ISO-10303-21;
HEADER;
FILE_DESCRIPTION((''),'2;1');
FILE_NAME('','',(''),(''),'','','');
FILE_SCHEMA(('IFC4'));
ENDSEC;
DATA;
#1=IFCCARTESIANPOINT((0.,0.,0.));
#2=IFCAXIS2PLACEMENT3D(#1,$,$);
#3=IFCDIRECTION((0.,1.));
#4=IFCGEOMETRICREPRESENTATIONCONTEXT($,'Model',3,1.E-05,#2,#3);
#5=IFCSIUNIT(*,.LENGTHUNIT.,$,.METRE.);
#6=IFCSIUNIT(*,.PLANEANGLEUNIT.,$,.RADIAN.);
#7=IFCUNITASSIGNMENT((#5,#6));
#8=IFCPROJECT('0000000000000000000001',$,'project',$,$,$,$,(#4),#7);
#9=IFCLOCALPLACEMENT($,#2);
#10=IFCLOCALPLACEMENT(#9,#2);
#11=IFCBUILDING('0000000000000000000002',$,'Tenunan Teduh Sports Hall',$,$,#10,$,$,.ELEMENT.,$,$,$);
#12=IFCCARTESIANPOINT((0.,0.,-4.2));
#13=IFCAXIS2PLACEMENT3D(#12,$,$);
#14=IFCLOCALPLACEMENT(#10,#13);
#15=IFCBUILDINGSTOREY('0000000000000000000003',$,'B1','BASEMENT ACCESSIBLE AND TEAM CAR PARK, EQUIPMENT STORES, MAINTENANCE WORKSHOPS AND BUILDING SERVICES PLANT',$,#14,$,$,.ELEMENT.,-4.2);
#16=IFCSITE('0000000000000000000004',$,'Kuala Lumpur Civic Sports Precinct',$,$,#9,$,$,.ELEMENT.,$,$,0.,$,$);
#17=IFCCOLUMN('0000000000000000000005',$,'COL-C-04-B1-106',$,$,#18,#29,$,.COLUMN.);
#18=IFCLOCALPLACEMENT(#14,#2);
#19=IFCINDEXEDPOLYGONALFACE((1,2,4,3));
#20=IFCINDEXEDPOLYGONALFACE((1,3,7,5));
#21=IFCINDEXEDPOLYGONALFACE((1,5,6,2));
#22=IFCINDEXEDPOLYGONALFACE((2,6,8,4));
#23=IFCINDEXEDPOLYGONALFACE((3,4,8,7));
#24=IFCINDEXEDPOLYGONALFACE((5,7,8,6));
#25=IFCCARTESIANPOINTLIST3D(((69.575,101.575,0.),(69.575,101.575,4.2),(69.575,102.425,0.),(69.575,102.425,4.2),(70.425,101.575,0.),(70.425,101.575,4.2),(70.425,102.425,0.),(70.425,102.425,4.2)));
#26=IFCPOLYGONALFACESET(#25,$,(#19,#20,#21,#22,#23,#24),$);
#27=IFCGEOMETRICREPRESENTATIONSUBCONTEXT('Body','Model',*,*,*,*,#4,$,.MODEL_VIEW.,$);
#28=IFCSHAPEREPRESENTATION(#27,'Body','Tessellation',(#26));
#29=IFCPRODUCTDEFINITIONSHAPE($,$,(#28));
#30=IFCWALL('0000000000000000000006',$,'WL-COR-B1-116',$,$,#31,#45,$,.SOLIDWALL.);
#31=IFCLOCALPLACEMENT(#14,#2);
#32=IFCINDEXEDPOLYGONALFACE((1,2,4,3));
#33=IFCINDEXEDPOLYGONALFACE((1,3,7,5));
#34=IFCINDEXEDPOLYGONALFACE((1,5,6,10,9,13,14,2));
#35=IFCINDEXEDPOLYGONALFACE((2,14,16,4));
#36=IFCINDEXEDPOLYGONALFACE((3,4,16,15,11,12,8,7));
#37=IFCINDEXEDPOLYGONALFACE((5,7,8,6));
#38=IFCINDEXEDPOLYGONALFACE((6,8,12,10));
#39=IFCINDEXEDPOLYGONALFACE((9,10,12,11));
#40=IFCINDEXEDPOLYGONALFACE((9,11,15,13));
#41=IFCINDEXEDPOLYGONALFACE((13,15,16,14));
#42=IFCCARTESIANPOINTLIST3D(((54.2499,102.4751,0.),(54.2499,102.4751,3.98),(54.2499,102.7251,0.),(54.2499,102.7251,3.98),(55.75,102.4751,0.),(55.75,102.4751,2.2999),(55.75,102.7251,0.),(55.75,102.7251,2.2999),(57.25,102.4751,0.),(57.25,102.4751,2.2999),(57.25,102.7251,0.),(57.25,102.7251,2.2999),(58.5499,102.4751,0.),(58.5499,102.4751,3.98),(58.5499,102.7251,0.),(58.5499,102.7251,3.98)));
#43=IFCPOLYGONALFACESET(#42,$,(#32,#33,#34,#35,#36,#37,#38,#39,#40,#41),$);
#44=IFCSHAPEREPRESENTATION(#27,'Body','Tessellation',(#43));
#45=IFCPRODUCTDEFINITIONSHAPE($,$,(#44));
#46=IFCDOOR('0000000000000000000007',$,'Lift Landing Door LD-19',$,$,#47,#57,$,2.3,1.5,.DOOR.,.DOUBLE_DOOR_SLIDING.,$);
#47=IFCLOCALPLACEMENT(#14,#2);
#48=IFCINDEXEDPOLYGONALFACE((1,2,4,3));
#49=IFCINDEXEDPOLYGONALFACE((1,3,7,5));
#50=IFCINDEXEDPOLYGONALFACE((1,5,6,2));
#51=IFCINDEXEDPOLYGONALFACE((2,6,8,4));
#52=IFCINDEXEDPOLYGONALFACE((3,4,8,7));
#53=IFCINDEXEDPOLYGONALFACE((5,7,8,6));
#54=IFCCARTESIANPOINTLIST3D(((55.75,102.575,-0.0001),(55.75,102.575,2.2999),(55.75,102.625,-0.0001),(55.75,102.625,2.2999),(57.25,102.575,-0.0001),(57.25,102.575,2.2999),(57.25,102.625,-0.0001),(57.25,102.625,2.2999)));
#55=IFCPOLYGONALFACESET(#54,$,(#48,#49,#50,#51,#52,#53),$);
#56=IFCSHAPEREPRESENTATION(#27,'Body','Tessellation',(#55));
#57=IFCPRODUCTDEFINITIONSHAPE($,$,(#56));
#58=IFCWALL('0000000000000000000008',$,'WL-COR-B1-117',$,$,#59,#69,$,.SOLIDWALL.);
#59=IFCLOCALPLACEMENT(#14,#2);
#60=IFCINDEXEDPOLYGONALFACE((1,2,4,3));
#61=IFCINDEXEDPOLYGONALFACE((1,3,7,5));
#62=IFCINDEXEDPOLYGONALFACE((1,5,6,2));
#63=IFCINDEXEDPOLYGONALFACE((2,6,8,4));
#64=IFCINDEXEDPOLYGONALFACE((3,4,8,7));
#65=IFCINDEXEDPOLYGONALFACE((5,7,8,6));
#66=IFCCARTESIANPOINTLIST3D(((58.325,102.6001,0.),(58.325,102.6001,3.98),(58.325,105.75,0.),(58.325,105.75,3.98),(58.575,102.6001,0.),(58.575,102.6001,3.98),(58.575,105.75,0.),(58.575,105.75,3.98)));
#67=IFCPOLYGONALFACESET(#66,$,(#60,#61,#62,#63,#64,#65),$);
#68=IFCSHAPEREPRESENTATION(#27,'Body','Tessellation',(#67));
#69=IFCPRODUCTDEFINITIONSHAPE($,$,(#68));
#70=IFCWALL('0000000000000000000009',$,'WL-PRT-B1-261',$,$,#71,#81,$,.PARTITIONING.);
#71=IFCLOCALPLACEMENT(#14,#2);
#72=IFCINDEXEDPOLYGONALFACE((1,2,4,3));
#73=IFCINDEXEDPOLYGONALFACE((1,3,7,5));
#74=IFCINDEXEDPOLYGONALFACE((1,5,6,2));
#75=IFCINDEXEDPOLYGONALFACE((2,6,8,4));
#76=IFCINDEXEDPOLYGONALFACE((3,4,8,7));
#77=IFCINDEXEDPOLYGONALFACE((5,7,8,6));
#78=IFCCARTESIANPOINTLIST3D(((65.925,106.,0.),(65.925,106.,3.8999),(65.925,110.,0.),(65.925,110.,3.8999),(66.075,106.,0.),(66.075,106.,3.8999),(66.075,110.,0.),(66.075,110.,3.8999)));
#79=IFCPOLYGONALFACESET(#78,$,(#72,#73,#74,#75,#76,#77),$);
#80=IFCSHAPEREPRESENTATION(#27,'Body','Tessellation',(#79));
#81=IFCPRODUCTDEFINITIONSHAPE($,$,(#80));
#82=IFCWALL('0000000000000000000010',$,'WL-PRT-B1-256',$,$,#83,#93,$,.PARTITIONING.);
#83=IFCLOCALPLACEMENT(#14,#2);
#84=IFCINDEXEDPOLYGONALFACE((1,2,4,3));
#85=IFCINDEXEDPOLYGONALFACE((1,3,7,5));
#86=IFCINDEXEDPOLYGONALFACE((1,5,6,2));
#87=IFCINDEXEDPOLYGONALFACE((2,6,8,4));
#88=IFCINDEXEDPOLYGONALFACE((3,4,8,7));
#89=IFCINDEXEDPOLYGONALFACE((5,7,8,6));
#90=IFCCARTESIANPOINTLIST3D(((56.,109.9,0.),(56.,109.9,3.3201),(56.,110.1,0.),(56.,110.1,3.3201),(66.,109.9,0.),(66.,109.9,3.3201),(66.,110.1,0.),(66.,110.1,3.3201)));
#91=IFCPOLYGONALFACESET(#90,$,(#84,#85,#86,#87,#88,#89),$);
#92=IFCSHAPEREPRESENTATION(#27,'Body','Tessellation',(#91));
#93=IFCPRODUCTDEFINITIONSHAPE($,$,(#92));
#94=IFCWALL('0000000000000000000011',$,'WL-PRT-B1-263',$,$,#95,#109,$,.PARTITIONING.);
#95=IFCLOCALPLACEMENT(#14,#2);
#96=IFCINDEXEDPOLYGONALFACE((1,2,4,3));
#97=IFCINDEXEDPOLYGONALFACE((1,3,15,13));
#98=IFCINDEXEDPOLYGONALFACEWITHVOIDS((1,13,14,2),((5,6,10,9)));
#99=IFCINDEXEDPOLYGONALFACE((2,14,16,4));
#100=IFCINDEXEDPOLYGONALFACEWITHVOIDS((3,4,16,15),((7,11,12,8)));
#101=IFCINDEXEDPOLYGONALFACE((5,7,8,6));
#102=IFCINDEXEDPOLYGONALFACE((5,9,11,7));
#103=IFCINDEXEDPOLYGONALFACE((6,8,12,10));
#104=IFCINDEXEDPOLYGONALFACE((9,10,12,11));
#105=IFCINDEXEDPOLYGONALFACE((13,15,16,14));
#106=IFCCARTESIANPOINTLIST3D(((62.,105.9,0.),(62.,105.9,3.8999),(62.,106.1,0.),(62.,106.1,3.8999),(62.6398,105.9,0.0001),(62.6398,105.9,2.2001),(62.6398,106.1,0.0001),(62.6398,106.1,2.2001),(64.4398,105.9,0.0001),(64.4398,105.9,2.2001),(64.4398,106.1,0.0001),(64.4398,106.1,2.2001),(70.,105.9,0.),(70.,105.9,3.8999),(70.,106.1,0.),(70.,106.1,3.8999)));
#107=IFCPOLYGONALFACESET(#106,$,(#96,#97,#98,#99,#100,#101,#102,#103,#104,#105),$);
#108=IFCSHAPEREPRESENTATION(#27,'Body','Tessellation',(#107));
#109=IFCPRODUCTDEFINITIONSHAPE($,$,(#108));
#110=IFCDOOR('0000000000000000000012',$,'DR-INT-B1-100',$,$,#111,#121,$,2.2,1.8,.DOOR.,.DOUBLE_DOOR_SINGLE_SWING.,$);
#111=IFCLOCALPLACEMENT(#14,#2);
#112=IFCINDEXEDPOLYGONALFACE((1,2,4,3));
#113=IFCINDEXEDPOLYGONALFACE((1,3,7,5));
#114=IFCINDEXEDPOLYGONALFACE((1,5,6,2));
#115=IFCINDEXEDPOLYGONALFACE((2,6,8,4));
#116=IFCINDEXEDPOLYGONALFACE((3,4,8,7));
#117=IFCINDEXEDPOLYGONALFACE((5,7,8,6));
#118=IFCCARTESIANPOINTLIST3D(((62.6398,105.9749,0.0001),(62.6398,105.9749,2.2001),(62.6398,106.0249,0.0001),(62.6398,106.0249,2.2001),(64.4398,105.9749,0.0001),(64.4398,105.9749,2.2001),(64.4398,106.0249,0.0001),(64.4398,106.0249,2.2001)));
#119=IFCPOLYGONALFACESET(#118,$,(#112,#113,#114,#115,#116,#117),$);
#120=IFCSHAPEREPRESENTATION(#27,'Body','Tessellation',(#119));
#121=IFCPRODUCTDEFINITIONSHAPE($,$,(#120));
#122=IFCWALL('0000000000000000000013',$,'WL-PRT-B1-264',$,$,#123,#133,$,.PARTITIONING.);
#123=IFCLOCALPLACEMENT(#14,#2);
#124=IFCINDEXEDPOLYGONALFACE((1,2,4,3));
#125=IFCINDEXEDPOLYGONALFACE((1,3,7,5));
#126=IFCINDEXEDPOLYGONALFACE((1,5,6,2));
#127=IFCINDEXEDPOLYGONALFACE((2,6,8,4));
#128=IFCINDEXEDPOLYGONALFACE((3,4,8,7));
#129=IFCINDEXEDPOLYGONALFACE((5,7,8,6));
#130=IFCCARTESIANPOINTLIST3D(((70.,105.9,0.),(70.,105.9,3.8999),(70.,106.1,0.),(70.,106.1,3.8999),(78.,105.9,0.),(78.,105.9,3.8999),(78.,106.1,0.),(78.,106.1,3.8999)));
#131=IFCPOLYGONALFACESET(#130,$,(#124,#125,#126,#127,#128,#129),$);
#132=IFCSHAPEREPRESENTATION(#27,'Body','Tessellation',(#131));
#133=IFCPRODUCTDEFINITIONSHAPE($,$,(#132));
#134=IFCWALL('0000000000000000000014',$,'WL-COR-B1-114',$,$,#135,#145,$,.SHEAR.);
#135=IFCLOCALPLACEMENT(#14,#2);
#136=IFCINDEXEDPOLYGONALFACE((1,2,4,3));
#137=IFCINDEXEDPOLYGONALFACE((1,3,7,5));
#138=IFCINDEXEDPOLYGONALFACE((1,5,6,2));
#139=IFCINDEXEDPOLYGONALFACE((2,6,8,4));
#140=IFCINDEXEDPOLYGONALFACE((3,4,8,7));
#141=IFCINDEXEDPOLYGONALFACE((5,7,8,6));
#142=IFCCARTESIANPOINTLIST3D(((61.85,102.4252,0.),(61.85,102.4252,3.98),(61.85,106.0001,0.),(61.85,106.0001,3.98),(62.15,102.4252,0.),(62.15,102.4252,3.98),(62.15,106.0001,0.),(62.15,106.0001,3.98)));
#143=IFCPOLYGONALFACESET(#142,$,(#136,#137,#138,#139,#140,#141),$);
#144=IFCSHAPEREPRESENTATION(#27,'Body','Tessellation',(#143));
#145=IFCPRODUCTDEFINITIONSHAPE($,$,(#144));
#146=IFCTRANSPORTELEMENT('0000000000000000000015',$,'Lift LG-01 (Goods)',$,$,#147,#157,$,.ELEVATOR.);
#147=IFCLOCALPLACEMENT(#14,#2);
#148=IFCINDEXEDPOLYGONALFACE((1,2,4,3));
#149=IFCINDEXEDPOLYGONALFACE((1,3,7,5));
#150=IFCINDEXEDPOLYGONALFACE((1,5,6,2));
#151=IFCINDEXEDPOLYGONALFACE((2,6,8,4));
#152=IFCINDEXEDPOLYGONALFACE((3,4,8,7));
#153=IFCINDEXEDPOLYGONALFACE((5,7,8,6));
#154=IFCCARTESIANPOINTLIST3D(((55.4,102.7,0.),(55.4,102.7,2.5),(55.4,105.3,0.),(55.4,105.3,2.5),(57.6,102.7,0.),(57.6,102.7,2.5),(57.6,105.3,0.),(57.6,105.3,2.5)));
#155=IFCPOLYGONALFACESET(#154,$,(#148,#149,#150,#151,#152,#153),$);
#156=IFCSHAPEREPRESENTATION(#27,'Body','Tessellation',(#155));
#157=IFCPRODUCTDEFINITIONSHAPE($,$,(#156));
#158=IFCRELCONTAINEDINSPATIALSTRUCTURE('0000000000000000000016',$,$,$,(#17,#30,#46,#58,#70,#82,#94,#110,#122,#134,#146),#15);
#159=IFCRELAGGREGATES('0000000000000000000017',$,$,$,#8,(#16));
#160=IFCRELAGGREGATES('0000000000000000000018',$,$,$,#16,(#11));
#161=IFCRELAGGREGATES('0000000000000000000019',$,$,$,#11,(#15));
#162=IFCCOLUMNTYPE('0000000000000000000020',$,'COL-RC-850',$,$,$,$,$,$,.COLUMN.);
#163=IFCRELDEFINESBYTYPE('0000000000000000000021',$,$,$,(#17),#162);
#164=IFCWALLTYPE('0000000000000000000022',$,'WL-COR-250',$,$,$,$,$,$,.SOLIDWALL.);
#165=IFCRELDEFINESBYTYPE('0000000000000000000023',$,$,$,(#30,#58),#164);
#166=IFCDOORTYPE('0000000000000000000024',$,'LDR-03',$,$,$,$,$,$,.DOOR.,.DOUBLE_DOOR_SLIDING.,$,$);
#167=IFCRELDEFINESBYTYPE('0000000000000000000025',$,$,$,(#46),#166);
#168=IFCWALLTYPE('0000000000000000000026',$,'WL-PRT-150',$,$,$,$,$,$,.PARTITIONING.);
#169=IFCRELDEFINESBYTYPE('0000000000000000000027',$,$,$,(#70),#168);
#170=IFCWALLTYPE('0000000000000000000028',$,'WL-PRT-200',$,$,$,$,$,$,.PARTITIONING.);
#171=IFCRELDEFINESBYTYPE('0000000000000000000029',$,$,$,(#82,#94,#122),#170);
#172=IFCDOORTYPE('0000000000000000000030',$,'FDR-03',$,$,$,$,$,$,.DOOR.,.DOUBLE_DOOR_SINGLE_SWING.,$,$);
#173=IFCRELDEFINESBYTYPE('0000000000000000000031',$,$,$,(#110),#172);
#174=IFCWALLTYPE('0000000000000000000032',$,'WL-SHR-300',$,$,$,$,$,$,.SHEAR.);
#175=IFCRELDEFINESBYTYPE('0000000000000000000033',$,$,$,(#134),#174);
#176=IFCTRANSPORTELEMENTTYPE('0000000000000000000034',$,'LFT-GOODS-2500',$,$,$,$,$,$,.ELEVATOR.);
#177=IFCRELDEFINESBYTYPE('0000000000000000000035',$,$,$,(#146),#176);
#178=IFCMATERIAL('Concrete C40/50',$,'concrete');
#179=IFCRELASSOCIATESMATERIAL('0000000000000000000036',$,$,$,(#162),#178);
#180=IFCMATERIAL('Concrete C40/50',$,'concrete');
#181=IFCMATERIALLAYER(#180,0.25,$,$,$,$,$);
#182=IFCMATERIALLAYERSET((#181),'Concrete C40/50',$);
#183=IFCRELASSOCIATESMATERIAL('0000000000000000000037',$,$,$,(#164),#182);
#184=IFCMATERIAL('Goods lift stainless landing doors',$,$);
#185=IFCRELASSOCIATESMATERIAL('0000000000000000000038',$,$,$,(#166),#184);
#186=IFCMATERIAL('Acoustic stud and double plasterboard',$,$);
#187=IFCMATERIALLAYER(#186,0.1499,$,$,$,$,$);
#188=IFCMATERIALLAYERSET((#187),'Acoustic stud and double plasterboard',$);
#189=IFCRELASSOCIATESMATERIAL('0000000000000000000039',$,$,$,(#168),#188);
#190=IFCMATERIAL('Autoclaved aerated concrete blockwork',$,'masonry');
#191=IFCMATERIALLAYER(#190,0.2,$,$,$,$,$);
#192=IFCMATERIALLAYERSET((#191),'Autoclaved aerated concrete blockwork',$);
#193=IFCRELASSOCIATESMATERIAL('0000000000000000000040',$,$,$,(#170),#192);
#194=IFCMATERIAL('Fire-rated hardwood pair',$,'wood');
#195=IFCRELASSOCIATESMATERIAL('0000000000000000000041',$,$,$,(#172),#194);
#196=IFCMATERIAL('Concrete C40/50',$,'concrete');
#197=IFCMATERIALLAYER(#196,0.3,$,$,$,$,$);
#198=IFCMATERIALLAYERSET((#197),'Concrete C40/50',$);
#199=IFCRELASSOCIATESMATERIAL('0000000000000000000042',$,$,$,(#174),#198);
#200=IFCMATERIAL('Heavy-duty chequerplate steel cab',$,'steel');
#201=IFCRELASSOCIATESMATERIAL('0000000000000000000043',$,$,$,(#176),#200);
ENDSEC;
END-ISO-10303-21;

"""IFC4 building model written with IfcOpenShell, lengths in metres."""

from ifc_helpers import new_model, si_unit, direction, frame, frame_2d, origin, origin_2d, place, context, subcontext, project, spatial, rectangle, extrude, material, layer, layer_set, material_profile, profile_set, type_object, element, fill, save


model = new_model("IFC4")

# Units and contexts
model_context = context("Model", 3, precision=1e-05, world=origin(), true_north=direction((0.0, 1.0)))
body_context = subcontext(model_context, "Body", "Model", "MODEL_VIEW")
ifc_project = project(units=[si_unit("LENGTHUNIT", "METRE"), si_unit("PLANEANGLEUNIT", "RADIAN")], contexts=[model_context])

# Site, building, storey
site_placement = place(None, origin())
site = spatial("IfcSite", under=ifc_project, at=site_placement, Name="Kuala Lumpur Civic Sports Precinct", CompositionType="ELEMENT", RefElevation=0.0)
building_placement = place(site_placement, origin())
building = spatial("IfcBuilding", under=site, at=building_placement, Name="Tenunan Teduh Sports Hall", CompositionType="ELEMENT")
storey_placement = place(building_placement, frame((0.0, 0.0, -4.2)))
storey = spatial("IfcBuildingStorey", under=building, at=storey_placement, Name="B1", Description="BASEMENT ACCESSIBLE AND TEAM CAR PARK, EQUIPMENT STORES, MAINTENANCE WORKSHOPS AND BUILDING SERVICES PLANT", CompositionType="ELEMENT", Elevation=-4.2)

# Column
ifc_material_1 = material(Name="Concrete C40/50", Category="concrete")
ifc_material_profile_1 = material_profile(ifc_material_1, rectangle(XDim=0.8501, YDim=0.8501, at=origin_2d()), Name="RC 850x850")
ifc_profile_set_1 = profile_set([ifc_material_profile_1], Name="Concrete C40/50")
column_type = type_object("IfcColumnType", Name="COL-RC-850", PredefinedType="COLUMN", material=ifc_profile_set_1)
for number, where, z_axis, x_axis, name in (
    (1, (70.0, 102.0, 0.0), (0.0, 0.0, 1.0), (1.0, 0.0, 0.0), "COL-C-04-B1-106"),
):
    element("IfcColumn", number, at=place(storey_placement, frame(where, z_axis=z_axis, x_axis=x_axis)), inside=storey, type_object=column_type, Name=name, PredefinedType="COLUMN", context=body_context, shape_type="SweptSolid", body=[
        extrude(rectangle(XDim=0.8501, YDim=0.8501, at=origin_2d()), origin(), (0.0, 0.0, 1.0), 4.2),
    ])

# Wall, opening, door
ifc_material_2 = material(Name="Concrete C40/50", Category="concrete")
ifc_layer_1 = layer(ifc_material_2, 0.25)
ifc_layer_set_1 = layer_set([ifc_layer_1], Name="Concrete C40/50")
wall_type_1 = type_object("IfcWallType", Name="WL-COR-250", PredefinedType="SOLIDWALL", material=ifc_layer_set_1)
wall_1_placement = place(storey_placement, frame((54.25, 102.6001, 0.0), z_axis=(0.0, 0.0, 1.0), x_axis=(1.0, 0.0, 0.0)))
wall_1 = element("IfcWall", 2, at=wall_1_placement, inside=storey, type_object=wall_type_1, Name="WL-COR-B1-116", PredefinedType="SOLIDWALL", context=body_context, shape_type="SweptSolid", body=[
    extrude(rectangle(XDim=4.3, YDim=0.25, at=frame_2d((2.1499, 0.0))), origin(), (0.0, 0.0, 1.0), 3.98),
])
opening_1_placement = place(wall_1_placement, frame((1.5, 0.0, 0.0)))
opening_1 = element("IfcOpeningElement", 3, at=opening_1_placement, cuts=wall_1, PredefinedType="OPENING", context=body_context, shape_type="SweptSolid", body=[
    extrude(rectangle(XDim=1.5, YDim=2.3, at=frame_2d((0.75, 1.1499))), frame((0.0, 0.135, 0.0), z_axis=(0.0, -1.0, 0.0), x_axis=(1.0, 0.0, 0.0)), (0.0, 0.0, 1.0), 0.27),
])
ifc_material_3 = material(Name="Goods lift stainless landing doors")
door_type_1 = type_object("IfcDoorType", Name="LDR-03", OperationType="DOUBLE_DOOR_SLIDING", PredefinedType="DOOR", material=ifc_material_3)
door_1_placement = place(opening_1_placement, origin())
door_1 = element("IfcDoor", 4, at=door_1_placement, inside=storey, type_object=door_type_1, Name="Lift Landing Door LD-19", OperationType="DOUBLE_DOOR_SLIDING", OverallHeight=2.3, OverallWidth=1.5, PredefinedType="DOOR", context=body_context, shape_type="SweptSolid", body=[
    extrude(rectangle(XDim=1.5, YDim=2.3, at=frame_2d((0.75, 1.1499))), frame((0.0, 0.0249, 0.0), z_axis=(0.0, -1.0, 0.0), x_axis=(1.0, 0.0, 0.0)), (0.0, 0.0, 1.0), 0.05),
])
fill(opening_1, door_1)

# Walls
wall_2_placement = place(storey_placement, frame((58.45, 102.6001, 0.0), z_axis=(0.0, 0.0, 1.0), x_axis=(0.0, 1.0, 0.0)))
element("IfcWall", 5, at=wall_2_placement, inside=storey, type_object=wall_type_1, Name="WL-COR-B1-117", PredefinedType="SOLIDWALL", context=body_context, shape_type="SweptSolid", body=[
    extrude(rectangle(XDim=3.1499, YDim=0.25, at=frame_2d((1.575, 0.0))), origin(), (0.0, 0.0, 1.0), 3.98),
])
ifc_material_4 = material(Name="Acoustic stud and double plasterboard")
ifc_layer_2 = layer(ifc_material_4, 0.1499)
ifc_layer_set_2 = layer_set([ifc_layer_2], Name="Acoustic stud and double plasterboard")
wall_type_2 = type_object("IfcWallType", Name="WL-PRT-150", PredefinedType="PARTITIONING", material=ifc_layer_set_2)
wall_3_placement = place(storey_placement, frame((66.0, 106.0, 0.0), z_axis=(0.0, 0.0, 1.0), x_axis=(0.0, 1.0, 0.0)))
element("IfcWall", 6, at=wall_3_placement, inside=storey, type_object=wall_type_2, Name="WL-PRT-B1-261", PredefinedType="PARTITIONING", context=body_context, shape_type="SweptSolid", body=[
    extrude(rectangle(XDim=4.0, YDim=0.1499, at=frame_2d((2.0, 0.0))), origin(), (0.0, 0.0, 1.0), 3.8999),
])
ifc_material_5 = material(Name="Autoclaved aerated concrete blockwork", Category="masonry")
ifc_layer_3 = layer(ifc_material_5, 0.2)
ifc_layer_set_3 = layer_set([ifc_layer_3], Name="Autoclaved aerated concrete blockwork")
wall_type_3 = type_object("IfcWallType", Name="WL-PRT-200", PredefinedType="PARTITIONING", material=ifc_layer_set_3)
wall_4_placement = place(storey_placement, frame((56.0, 110.0, 0.0), z_axis=(0.0, 0.0, 1.0), x_axis=(1.0, 0.0, 0.0)))
element("IfcWall", 7, at=wall_4_placement, inside=storey, type_object=wall_type_3, Name="WL-PRT-B1-256", PredefinedType="PARTITIONING", context=body_context, shape_type="SweptSolid", body=[
    extrude(rectangle(XDim=10.0, YDim=0.2, at=frame_2d((5.0, 0.0))), origin(), (0.0, 0.0, 1.0), 3.3201),
])

# Wall, opening, door
wall_5_placement = place(storey_placement, frame((62.0, 106.0, 0.0), z_axis=(0.0, 0.0, 1.0), x_axis=(1.0, 0.0, 0.0)))
wall_5 = element("IfcWall", 8, at=wall_5_placement, inside=storey, type_object=wall_type_3, Name="WL-PRT-B1-263", PredefinedType="PARTITIONING", context=body_context, shape_type="SweptSolid", body=[
    extrude(rectangle(XDim=8.0, YDim=0.2, at=frame_2d((4.0, 0.0))), origin(), (0.0, 0.0, 1.0), 3.8999),
])
opening_2_placement = place(wall_5_placement, frame((0.6399, 0.0, 0.0)))
opening_2 = element("IfcOpeningElement", 9, at=opening_2_placement, cuts=wall_5, PredefinedType="OPENING", context=body_context, shape_type="SweptSolid", body=[
    extrude(rectangle(XDim=1.8, YDim=2.2, at=frame_2d((0.8999, 1.1001))), frame((0.0, 0.1099, 0.0), z_axis=(0.0, -1.0, 0.0), x_axis=(1.0, 0.0, 0.0)), (0.0, 0.0, 1.0), 0.22),
])
ifc_material_6 = material(Name="Fire-rated hardwood pair", Category="wood")
door_type_2 = type_object("IfcDoorType", Name="FDR-03", OperationType="DOUBLE_DOOR_SINGLE_SWING", PredefinedType="DOOR", material=ifc_material_6)
door_2_placement = place(opening_2_placement, origin())
door_2 = element("IfcDoor", 10, at=door_2_placement, inside=storey, type_object=door_type_2, Name="DR-INT-B1-100", OperationType="DOUBLE_DOOR_SINGLE_SWING", OverallHeight=2.2, OverallWidth=1.8, PredefinedType="DOOR", context=body_context, shape_type="SweptSolid", body=[
    extrude(rectangle(XDim=1.8, YDim=2.2, at=frame_2d((0.8999, 1.1001))), frame((0.0, 0.0249, 0.0), z_axis=(0.0, -1.0, 0.0), x_axis=(1.0, 0.0, 0.0)), (0.0, 0.0, 1.0), 0.05),
])
fill(opening_2, door_2)

# Walls
wall_6_placement = place(storey_placement, frame((70.0, 106.0, 0.0), z_axis=(0.0, 0.0, 1.0), x_axis=(1.0, 0.0, 0.0)))
element("IfcWall", 11, at=wall_6_placement, inside=storey, type_object=wall_type_3, Name="WL-PRT-B1-264", PredefinedType="PARTITIONING", context=body_context, shape_type="SweptSolid", body=[
    extrude(rectangle(XDim=8.0, YDim=0.2, at=frame_2d((4.0, 0.0))), origin(), (0.0, 0.0, 1.0), 3.8999),
])
ifc_material_7 = material(Name="Concrete C40/50", Category="concrete")
ifc_layer_4 = layer(ifc_material_7, 0.3)
ifc_layer_set_4 = layer_set([ifc_layer_4], Name="Concrete C40/50")
wall_type_4 = type_object("IfcWallType", Name="WL-SHR-300", PredefinedType="SHEAR", material=ifc_layer_set_4)
wall_7_placement = place(storey_placement, frame((62.0, 102.425, 0.0), z_axis=(0.0, 0.0, 1.0), x_axis=(0.0, 1.0, 0.0)))
element("IfcWall", 12, at=wall_7_placement, inside=storey, type_object=wall_type_4, Name="WL-COR-B1-114", PredefinedType="SHEAR", context=body_context, shape_type="SweptSolid", body=[
    extrude(rectangle(XDim=3.575, YDim=0.3, at=frame_2d((1.7876, 0.0))), origin(), (0.0, 0.0, 1.0), 3.98),
])

# Transport element
ifc_material_8 = material(Name="Heavy-duty chequerplate steel cab", Category="steel")
transport_element_type = type_object("IfcTransportElementType", Name="LFT-GOODS-2500", PredefinedType="ELEVATOR", material=ifc_material_8)
transport_element_placement = place(storey_placement, frame((56.5, 104.0, 0.0), z_axis=(0.0, 0.0, 1.0), x_axis=(1.0, 0.0, 0.0)))
element("IfcTransportElement", 13, at=transport_element_placement, inside=storey, type_object=transport_element_type, Name="Lift LG-01 (Goods)", PredefinedType="ELEVATOR", context=body_context, shape_type="SweptSolid", body=[
    extrude(rectangle(XDim=2.2, YDim=2.6001, at=origin_2d()), origin(), (0.0, 0.0, 1.0), 2.5),
])

save(model, "model.ifc")
